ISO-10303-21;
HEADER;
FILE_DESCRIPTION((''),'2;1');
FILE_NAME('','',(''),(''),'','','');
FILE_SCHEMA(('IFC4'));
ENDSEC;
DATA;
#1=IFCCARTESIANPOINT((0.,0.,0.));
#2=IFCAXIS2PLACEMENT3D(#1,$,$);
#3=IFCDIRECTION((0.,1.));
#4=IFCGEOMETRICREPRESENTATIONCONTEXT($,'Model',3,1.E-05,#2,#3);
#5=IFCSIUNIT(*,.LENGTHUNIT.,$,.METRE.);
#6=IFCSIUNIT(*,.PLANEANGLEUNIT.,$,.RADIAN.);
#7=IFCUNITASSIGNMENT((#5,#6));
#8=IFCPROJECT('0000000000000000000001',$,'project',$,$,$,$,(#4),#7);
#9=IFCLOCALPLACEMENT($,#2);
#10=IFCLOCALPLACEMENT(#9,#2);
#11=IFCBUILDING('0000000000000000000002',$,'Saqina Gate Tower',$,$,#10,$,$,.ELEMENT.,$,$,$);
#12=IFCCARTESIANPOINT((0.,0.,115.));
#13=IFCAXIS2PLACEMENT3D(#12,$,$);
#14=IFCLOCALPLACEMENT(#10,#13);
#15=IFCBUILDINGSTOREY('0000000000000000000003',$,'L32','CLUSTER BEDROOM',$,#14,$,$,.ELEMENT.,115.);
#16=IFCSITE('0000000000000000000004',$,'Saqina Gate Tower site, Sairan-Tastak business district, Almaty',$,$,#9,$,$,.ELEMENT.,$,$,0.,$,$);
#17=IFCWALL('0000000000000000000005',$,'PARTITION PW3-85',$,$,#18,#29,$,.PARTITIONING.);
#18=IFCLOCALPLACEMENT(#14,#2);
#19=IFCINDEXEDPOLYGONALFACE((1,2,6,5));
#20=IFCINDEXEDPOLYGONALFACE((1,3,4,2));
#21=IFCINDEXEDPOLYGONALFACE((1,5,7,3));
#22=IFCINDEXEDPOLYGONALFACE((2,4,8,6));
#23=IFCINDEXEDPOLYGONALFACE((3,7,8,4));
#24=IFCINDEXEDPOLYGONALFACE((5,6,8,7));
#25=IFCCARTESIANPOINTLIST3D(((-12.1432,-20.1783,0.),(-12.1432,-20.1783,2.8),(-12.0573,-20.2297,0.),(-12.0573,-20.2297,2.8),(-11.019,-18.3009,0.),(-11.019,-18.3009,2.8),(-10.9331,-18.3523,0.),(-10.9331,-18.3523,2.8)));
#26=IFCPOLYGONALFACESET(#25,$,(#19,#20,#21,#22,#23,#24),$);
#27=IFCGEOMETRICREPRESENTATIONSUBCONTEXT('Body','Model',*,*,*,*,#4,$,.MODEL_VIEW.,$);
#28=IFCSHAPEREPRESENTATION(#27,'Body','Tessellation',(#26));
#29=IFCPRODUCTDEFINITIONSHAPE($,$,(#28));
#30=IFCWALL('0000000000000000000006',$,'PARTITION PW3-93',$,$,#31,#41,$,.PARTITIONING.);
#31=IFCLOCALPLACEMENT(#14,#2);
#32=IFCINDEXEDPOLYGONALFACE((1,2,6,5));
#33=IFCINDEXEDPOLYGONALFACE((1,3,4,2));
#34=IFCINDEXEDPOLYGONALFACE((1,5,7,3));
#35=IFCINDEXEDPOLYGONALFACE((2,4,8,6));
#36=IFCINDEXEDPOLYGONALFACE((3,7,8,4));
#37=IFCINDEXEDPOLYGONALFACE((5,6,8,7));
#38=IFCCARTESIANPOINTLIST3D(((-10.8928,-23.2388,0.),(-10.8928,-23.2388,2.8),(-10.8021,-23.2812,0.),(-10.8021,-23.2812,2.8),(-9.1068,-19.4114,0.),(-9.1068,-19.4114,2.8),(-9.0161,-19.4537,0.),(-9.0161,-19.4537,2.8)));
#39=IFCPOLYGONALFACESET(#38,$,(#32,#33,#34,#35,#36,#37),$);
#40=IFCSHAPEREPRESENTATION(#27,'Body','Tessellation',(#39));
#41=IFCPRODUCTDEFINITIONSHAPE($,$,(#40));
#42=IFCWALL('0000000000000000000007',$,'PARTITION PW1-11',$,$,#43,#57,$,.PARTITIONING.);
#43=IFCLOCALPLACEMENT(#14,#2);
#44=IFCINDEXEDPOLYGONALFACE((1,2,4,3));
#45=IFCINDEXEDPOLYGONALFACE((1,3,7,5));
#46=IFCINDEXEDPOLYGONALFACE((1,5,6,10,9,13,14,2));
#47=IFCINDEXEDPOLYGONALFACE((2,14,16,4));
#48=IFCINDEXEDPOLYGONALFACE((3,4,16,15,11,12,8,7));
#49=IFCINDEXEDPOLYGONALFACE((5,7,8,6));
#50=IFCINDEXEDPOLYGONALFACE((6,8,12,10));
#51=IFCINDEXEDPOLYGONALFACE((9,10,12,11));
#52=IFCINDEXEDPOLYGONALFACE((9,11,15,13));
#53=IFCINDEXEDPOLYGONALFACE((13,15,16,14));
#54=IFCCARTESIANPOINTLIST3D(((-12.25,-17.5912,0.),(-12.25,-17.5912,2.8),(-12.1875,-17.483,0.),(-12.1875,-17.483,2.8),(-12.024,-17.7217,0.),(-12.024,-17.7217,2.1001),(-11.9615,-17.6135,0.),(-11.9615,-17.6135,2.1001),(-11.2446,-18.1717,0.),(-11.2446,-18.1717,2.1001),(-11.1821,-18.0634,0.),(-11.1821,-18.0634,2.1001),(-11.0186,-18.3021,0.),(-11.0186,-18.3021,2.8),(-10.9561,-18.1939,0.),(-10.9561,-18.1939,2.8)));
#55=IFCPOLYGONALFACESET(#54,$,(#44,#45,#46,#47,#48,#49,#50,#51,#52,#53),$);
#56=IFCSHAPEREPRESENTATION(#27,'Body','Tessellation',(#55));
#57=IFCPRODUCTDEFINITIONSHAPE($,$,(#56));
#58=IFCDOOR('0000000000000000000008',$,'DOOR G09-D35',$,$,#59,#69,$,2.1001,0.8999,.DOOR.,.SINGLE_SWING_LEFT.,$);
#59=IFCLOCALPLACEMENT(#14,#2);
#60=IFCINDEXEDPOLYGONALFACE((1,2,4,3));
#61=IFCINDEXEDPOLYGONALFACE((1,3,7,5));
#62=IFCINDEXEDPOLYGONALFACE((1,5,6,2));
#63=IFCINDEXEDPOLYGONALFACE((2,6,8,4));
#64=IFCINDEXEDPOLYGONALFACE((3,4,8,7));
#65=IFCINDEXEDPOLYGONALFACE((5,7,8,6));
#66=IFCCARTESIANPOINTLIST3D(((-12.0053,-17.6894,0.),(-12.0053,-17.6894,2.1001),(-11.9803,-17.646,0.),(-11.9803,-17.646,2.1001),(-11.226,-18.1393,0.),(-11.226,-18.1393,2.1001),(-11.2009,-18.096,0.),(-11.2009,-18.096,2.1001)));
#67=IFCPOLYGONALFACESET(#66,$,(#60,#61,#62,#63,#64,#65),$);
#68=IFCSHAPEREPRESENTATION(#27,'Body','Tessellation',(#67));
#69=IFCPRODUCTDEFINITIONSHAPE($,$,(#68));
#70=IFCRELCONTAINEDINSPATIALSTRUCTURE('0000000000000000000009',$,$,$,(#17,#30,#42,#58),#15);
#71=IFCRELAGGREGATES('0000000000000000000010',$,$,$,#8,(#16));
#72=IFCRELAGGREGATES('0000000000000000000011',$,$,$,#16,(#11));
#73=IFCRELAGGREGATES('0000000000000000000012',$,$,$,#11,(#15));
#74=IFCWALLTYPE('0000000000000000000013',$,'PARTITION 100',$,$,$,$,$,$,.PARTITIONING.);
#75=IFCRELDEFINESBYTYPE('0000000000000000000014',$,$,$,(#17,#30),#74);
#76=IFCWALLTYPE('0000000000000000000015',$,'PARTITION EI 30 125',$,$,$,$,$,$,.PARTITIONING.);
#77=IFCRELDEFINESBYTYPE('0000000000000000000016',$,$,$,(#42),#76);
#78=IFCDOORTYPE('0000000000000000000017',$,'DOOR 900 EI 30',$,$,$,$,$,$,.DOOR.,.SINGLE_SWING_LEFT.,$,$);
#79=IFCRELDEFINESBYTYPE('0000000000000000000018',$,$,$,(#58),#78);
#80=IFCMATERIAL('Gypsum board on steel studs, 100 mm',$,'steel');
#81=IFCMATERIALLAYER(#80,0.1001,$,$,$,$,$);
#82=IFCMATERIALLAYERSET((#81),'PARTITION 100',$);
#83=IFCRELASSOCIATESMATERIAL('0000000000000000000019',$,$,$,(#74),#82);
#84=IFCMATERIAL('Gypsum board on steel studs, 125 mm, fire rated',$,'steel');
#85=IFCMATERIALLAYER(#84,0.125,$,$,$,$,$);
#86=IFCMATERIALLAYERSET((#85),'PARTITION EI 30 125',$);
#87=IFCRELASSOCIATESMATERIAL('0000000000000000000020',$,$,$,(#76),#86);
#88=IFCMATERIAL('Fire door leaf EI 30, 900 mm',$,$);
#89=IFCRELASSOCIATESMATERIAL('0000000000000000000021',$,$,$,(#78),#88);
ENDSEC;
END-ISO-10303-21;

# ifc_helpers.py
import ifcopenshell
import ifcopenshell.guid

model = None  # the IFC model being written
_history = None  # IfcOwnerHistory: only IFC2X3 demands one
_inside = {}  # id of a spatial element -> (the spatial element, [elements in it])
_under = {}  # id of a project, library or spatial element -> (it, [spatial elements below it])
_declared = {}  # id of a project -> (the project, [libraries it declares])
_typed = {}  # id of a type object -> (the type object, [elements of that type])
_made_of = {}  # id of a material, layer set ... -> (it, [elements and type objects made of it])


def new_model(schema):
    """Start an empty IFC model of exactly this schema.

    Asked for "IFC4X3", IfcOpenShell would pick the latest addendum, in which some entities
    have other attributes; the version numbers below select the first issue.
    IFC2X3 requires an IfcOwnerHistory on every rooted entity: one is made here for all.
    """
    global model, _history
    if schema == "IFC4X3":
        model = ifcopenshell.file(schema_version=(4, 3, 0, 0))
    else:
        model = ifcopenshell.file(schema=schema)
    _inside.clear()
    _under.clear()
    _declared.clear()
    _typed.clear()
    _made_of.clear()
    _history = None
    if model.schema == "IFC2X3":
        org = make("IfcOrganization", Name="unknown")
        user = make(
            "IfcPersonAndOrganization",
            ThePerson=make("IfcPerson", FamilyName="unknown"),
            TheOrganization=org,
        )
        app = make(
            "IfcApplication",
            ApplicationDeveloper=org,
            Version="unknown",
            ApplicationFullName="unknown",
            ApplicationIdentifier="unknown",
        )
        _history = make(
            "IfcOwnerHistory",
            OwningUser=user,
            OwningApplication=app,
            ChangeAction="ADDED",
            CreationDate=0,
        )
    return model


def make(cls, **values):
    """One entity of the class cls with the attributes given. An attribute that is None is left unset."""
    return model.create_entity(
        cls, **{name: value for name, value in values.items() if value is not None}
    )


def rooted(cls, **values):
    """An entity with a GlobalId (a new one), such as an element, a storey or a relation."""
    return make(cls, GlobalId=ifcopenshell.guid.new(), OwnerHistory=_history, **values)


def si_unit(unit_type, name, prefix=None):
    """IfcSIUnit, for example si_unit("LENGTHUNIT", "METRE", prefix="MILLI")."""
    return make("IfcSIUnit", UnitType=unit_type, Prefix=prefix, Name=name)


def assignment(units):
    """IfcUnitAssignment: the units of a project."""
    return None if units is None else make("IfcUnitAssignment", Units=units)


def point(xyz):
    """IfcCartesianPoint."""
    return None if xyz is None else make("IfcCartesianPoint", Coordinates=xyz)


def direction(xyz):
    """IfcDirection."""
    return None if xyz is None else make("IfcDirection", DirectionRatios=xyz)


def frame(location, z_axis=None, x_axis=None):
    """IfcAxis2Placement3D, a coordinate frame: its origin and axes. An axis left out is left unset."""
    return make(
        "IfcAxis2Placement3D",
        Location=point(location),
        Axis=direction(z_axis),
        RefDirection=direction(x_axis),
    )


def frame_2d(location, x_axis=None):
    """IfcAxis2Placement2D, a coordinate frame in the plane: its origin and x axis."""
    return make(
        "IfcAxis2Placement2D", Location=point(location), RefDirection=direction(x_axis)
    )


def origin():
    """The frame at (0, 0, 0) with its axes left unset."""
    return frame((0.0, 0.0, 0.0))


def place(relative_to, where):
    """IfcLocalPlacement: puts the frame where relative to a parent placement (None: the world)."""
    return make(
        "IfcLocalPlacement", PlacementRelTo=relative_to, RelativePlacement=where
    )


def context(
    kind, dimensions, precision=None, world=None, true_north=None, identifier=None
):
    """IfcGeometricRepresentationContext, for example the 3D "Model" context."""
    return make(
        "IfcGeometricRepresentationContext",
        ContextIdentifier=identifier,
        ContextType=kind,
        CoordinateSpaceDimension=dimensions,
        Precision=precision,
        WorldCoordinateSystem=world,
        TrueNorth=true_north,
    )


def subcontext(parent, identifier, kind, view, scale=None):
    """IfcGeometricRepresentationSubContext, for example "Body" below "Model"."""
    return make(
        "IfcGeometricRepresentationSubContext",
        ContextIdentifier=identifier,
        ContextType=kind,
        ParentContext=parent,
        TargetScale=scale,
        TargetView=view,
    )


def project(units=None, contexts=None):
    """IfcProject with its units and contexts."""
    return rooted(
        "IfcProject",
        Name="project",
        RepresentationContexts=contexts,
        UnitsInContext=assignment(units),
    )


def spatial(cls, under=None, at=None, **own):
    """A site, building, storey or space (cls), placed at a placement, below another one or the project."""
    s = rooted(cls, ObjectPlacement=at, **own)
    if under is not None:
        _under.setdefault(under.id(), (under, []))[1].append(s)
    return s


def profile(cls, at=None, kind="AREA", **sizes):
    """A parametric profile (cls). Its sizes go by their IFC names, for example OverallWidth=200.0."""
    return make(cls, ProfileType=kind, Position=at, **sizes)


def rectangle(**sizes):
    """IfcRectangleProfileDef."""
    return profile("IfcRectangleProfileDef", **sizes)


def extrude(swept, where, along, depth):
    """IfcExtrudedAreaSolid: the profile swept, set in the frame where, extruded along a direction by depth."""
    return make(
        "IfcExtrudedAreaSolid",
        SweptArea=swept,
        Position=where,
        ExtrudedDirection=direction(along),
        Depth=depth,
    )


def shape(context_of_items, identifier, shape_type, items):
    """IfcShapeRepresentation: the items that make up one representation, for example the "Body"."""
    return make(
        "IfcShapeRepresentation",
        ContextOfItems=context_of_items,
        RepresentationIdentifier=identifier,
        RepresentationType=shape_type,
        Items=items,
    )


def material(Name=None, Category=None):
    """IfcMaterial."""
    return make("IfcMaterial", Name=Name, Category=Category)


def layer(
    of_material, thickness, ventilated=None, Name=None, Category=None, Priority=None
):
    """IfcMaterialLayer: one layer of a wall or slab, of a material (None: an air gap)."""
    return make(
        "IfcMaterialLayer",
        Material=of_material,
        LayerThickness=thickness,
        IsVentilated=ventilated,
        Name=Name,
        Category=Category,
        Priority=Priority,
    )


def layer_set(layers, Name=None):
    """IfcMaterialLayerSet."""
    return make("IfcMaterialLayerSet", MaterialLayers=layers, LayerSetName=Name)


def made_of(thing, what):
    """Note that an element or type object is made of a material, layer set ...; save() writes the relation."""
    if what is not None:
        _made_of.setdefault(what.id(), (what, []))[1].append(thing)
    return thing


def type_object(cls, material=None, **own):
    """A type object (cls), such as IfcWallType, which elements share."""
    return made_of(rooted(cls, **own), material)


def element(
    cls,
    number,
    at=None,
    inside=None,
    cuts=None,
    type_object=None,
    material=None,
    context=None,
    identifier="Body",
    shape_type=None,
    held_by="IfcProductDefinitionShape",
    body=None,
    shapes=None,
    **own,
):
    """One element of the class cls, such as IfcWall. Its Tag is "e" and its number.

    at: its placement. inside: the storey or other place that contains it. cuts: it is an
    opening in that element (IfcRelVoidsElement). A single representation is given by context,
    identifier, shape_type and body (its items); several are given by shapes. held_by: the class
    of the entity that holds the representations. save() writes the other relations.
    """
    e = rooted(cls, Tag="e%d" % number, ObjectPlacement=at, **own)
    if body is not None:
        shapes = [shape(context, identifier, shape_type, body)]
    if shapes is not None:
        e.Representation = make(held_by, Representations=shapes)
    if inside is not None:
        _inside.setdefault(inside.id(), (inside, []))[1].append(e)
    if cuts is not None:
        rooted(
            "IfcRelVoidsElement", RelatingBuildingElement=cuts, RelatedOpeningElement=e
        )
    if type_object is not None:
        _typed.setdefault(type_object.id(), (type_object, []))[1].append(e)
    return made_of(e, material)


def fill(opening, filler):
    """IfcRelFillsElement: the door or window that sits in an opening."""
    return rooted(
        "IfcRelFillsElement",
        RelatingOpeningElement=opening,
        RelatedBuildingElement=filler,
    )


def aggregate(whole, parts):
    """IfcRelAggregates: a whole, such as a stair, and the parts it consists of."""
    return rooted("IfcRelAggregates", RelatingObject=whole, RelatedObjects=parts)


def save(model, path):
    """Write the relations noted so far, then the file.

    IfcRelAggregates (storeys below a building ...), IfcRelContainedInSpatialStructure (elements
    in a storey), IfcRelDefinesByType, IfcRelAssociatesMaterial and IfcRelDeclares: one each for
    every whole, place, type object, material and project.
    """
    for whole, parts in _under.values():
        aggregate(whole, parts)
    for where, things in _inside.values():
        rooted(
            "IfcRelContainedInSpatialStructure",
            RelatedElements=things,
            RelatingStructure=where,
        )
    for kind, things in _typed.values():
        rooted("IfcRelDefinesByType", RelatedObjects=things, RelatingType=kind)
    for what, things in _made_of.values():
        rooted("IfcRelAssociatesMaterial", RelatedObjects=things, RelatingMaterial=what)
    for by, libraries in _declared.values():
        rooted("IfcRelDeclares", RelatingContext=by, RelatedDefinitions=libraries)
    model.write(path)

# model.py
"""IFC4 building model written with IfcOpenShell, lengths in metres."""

from ifc_helpers import new_model, si_unit, direction, frame, frame_2d, origin, place, context, subcontext, project, spatial, rectangle, extrude, material, layer, layer_set, type_object, element, fill, save


model = new_model("IFC4")

# Units and contexts
model_context = context("Model", 3, precision=1e-05, world=origin(), true_north=direction((0.0, 1.0)))
body_context = subcontext(model_context, "Body", "Model", "MODEL_VIEW")
ifc_project = project(units=[si_unit("LENGTHUNIT", "METRE"), si_unit("PLANEANGLEUNIT", "RADIAN")], contexts=[model_context])

# Site, building, storey
site_placement = place(None, origin())
site = spatial("IfcSite", under=ifc_project, at=site_placement, Name="Saqina Gate Tower site, Sairan-Tastak business district, Almaty", CompositionType="ELEMENT", RefElevation=0.0)
building_placement = place(site_placement, origin())
building = spatial("IfcBuilding", under=site, at=building_placement, Name="Saqina Gate Tower", CompositionType="ELEMENT")
storey_placement = place(building_placement, frame((0.0, 0.0, 115.0)))
storey = spatial("IfcBuildingStorey", under=building, at=storey_placement, Name="L32", Description="CLUSTER BEDROOM", CompositionType="ELEMENT", Elevation=115.0)

# Shared definitions
ifc_material_1 = material(Name="Gypsum board on steel studs, 100 mm", Category="steel")
ifc_layer_1 = layer(ifc_material_1, 0.1001)
ifc_layer_set_1 = layer_set([ifc_layer_1], Name="PARTITION 100")
wall_type_1 = type_object("IfcWallType", Name="PARTITION 100", PredefinedType="PARTITIONING", material=ifc_layer_set_1)

# Walls
wall_1_placement = place(storey_placement, frame((-12.1003, -20.2041, 0.0), z_axis=(0.0, 0.0, 1.0), x_axis=(0.513757, 0.857936, 0.0)))
element("IfcWall", 1, at=wall_1_placement, inside=storey, type_object=wall_type_1, Name="PARTITION PW3-85", PredefinedType="PARTITIONING", context=body_context, shape_type="SweptSolid", body=[
    extrude(rectangle(XDim=2.1882, YDim=0.1001, at=frame_2d((1.0942, 0.0))), origin(), (0.0, 0.0, 1.0), 2.8),
])
wall_2_placement = place(storey_placement, frame((-10.8474, -23.26, 0.0), z_axis=(0.0, 0.0, 1.0), x_axis=(0.422841, 0.906204, 0.0)))
element("IfcWall", 2, at=wall_2_placement, inside=storey, type_object=wall_type_1, Name="PARTITION PW3-93", PredefinedType="PARTITIONING", context=body_context, shape_type="SweptSolid", body=[
    extrude(rectangle(XDim=4.2236, YDim=0.1001, at=frame_2d((2.1118, 0.0))), origin(), (0.0, 0.0, 1.0), 2.8),
])

# Wall, opening, door
ifc_material_2 = material(Name="Gypsum board on steel studs, 125 mm, fire rated", Category="steel")
ifc_layer_2 = layer(ifc_material_2, 0.125)
ifc_layer_set_2 = layer_set([ifc_layer_2], Name="PARTITION EI 30 125")
wall_type_2 = type_object("IfcWallType", Name="PARTITION EI 30 125", PredefinedType="PARTITIONING", material=ifc_layer_set_2)
wall_3_placement = place(storey_placement, frame((-12.2188, -17.5371, 0.0), z_axis=(0.0, 0.0, 1.0), x_axis=(0.866037, -0.49998, 0.0)))
wall_3 = element("IfcWall", 3, at=wall_3_placement, inside=storey, type_object=wall_type_2, Name="PARTITION PW1-11", PredefinedType="PARTITIONING", context=body_context, shape_type="SweptSolid", body=[
    extrude(rectangle(XDim=1.4219, YDim=0.125, at=frame_2d((0.7109, 0.0))), origin(), (0.0, 0.0, 1.0), 2.8),
])
opening_1_placement = place(wall_3_placement, frame((0.261, 0.0, 0.0)))
opening_1 = element("IfcOpeningElement", 4, at=opening_1_placement, cuts=wall_3, PredefinedType="OPENING", context=body_context, shape_type="SweptSolid", body=[
    extrude(rectangle(XDim=0.8999, YDim=2.1001, at=frame_2d((0.45, 1.05))), frame((0.0, 0.0745, 0.0), z_axis=(0.0, -1.0, 0.0), x_axis=(1.0, 0.0, 0.0)), (0.0, 0.0, 1.0), 0.1489),
])
ifc_material_3 = material(Name="Fire door leaf EI 30, 900 mm")
door_type_1 = type_object("IfcDoorType", Name="DOOR 900 EI 30", OperationType="SINGLE_SWING_LEFT", PredefinedType="DOOR", material=ifc_material_3)
door_1_placement = place(opening_1_placement, origin())
door_1 = element("IfcDoor", 5, at=door_1_placement, inside=storey, type_object=door_type_1, Name="DOOR G09-D35", OperationType="SINGLE_SWING_LEFT", OverallHeight=2.1001, OverallWidth=0.8999, PredefinedType="DOOR", context=body_context, shape_type="SweptSolid", body=[
    extrude(rectangle(XDim=0.8999, YDim=2.1001, at=frame_2d((0.45, 1.05))), frame((0.0, 0.0249, 0.0), z_axis=(0.0, -1.0, 0.0), x_axis=(1.0, 0.0, 0.0)), (0.0, 0.0, 1.0), 0.05),
])
fill(opening_1, door_1)

save(model, "model.ifc")
